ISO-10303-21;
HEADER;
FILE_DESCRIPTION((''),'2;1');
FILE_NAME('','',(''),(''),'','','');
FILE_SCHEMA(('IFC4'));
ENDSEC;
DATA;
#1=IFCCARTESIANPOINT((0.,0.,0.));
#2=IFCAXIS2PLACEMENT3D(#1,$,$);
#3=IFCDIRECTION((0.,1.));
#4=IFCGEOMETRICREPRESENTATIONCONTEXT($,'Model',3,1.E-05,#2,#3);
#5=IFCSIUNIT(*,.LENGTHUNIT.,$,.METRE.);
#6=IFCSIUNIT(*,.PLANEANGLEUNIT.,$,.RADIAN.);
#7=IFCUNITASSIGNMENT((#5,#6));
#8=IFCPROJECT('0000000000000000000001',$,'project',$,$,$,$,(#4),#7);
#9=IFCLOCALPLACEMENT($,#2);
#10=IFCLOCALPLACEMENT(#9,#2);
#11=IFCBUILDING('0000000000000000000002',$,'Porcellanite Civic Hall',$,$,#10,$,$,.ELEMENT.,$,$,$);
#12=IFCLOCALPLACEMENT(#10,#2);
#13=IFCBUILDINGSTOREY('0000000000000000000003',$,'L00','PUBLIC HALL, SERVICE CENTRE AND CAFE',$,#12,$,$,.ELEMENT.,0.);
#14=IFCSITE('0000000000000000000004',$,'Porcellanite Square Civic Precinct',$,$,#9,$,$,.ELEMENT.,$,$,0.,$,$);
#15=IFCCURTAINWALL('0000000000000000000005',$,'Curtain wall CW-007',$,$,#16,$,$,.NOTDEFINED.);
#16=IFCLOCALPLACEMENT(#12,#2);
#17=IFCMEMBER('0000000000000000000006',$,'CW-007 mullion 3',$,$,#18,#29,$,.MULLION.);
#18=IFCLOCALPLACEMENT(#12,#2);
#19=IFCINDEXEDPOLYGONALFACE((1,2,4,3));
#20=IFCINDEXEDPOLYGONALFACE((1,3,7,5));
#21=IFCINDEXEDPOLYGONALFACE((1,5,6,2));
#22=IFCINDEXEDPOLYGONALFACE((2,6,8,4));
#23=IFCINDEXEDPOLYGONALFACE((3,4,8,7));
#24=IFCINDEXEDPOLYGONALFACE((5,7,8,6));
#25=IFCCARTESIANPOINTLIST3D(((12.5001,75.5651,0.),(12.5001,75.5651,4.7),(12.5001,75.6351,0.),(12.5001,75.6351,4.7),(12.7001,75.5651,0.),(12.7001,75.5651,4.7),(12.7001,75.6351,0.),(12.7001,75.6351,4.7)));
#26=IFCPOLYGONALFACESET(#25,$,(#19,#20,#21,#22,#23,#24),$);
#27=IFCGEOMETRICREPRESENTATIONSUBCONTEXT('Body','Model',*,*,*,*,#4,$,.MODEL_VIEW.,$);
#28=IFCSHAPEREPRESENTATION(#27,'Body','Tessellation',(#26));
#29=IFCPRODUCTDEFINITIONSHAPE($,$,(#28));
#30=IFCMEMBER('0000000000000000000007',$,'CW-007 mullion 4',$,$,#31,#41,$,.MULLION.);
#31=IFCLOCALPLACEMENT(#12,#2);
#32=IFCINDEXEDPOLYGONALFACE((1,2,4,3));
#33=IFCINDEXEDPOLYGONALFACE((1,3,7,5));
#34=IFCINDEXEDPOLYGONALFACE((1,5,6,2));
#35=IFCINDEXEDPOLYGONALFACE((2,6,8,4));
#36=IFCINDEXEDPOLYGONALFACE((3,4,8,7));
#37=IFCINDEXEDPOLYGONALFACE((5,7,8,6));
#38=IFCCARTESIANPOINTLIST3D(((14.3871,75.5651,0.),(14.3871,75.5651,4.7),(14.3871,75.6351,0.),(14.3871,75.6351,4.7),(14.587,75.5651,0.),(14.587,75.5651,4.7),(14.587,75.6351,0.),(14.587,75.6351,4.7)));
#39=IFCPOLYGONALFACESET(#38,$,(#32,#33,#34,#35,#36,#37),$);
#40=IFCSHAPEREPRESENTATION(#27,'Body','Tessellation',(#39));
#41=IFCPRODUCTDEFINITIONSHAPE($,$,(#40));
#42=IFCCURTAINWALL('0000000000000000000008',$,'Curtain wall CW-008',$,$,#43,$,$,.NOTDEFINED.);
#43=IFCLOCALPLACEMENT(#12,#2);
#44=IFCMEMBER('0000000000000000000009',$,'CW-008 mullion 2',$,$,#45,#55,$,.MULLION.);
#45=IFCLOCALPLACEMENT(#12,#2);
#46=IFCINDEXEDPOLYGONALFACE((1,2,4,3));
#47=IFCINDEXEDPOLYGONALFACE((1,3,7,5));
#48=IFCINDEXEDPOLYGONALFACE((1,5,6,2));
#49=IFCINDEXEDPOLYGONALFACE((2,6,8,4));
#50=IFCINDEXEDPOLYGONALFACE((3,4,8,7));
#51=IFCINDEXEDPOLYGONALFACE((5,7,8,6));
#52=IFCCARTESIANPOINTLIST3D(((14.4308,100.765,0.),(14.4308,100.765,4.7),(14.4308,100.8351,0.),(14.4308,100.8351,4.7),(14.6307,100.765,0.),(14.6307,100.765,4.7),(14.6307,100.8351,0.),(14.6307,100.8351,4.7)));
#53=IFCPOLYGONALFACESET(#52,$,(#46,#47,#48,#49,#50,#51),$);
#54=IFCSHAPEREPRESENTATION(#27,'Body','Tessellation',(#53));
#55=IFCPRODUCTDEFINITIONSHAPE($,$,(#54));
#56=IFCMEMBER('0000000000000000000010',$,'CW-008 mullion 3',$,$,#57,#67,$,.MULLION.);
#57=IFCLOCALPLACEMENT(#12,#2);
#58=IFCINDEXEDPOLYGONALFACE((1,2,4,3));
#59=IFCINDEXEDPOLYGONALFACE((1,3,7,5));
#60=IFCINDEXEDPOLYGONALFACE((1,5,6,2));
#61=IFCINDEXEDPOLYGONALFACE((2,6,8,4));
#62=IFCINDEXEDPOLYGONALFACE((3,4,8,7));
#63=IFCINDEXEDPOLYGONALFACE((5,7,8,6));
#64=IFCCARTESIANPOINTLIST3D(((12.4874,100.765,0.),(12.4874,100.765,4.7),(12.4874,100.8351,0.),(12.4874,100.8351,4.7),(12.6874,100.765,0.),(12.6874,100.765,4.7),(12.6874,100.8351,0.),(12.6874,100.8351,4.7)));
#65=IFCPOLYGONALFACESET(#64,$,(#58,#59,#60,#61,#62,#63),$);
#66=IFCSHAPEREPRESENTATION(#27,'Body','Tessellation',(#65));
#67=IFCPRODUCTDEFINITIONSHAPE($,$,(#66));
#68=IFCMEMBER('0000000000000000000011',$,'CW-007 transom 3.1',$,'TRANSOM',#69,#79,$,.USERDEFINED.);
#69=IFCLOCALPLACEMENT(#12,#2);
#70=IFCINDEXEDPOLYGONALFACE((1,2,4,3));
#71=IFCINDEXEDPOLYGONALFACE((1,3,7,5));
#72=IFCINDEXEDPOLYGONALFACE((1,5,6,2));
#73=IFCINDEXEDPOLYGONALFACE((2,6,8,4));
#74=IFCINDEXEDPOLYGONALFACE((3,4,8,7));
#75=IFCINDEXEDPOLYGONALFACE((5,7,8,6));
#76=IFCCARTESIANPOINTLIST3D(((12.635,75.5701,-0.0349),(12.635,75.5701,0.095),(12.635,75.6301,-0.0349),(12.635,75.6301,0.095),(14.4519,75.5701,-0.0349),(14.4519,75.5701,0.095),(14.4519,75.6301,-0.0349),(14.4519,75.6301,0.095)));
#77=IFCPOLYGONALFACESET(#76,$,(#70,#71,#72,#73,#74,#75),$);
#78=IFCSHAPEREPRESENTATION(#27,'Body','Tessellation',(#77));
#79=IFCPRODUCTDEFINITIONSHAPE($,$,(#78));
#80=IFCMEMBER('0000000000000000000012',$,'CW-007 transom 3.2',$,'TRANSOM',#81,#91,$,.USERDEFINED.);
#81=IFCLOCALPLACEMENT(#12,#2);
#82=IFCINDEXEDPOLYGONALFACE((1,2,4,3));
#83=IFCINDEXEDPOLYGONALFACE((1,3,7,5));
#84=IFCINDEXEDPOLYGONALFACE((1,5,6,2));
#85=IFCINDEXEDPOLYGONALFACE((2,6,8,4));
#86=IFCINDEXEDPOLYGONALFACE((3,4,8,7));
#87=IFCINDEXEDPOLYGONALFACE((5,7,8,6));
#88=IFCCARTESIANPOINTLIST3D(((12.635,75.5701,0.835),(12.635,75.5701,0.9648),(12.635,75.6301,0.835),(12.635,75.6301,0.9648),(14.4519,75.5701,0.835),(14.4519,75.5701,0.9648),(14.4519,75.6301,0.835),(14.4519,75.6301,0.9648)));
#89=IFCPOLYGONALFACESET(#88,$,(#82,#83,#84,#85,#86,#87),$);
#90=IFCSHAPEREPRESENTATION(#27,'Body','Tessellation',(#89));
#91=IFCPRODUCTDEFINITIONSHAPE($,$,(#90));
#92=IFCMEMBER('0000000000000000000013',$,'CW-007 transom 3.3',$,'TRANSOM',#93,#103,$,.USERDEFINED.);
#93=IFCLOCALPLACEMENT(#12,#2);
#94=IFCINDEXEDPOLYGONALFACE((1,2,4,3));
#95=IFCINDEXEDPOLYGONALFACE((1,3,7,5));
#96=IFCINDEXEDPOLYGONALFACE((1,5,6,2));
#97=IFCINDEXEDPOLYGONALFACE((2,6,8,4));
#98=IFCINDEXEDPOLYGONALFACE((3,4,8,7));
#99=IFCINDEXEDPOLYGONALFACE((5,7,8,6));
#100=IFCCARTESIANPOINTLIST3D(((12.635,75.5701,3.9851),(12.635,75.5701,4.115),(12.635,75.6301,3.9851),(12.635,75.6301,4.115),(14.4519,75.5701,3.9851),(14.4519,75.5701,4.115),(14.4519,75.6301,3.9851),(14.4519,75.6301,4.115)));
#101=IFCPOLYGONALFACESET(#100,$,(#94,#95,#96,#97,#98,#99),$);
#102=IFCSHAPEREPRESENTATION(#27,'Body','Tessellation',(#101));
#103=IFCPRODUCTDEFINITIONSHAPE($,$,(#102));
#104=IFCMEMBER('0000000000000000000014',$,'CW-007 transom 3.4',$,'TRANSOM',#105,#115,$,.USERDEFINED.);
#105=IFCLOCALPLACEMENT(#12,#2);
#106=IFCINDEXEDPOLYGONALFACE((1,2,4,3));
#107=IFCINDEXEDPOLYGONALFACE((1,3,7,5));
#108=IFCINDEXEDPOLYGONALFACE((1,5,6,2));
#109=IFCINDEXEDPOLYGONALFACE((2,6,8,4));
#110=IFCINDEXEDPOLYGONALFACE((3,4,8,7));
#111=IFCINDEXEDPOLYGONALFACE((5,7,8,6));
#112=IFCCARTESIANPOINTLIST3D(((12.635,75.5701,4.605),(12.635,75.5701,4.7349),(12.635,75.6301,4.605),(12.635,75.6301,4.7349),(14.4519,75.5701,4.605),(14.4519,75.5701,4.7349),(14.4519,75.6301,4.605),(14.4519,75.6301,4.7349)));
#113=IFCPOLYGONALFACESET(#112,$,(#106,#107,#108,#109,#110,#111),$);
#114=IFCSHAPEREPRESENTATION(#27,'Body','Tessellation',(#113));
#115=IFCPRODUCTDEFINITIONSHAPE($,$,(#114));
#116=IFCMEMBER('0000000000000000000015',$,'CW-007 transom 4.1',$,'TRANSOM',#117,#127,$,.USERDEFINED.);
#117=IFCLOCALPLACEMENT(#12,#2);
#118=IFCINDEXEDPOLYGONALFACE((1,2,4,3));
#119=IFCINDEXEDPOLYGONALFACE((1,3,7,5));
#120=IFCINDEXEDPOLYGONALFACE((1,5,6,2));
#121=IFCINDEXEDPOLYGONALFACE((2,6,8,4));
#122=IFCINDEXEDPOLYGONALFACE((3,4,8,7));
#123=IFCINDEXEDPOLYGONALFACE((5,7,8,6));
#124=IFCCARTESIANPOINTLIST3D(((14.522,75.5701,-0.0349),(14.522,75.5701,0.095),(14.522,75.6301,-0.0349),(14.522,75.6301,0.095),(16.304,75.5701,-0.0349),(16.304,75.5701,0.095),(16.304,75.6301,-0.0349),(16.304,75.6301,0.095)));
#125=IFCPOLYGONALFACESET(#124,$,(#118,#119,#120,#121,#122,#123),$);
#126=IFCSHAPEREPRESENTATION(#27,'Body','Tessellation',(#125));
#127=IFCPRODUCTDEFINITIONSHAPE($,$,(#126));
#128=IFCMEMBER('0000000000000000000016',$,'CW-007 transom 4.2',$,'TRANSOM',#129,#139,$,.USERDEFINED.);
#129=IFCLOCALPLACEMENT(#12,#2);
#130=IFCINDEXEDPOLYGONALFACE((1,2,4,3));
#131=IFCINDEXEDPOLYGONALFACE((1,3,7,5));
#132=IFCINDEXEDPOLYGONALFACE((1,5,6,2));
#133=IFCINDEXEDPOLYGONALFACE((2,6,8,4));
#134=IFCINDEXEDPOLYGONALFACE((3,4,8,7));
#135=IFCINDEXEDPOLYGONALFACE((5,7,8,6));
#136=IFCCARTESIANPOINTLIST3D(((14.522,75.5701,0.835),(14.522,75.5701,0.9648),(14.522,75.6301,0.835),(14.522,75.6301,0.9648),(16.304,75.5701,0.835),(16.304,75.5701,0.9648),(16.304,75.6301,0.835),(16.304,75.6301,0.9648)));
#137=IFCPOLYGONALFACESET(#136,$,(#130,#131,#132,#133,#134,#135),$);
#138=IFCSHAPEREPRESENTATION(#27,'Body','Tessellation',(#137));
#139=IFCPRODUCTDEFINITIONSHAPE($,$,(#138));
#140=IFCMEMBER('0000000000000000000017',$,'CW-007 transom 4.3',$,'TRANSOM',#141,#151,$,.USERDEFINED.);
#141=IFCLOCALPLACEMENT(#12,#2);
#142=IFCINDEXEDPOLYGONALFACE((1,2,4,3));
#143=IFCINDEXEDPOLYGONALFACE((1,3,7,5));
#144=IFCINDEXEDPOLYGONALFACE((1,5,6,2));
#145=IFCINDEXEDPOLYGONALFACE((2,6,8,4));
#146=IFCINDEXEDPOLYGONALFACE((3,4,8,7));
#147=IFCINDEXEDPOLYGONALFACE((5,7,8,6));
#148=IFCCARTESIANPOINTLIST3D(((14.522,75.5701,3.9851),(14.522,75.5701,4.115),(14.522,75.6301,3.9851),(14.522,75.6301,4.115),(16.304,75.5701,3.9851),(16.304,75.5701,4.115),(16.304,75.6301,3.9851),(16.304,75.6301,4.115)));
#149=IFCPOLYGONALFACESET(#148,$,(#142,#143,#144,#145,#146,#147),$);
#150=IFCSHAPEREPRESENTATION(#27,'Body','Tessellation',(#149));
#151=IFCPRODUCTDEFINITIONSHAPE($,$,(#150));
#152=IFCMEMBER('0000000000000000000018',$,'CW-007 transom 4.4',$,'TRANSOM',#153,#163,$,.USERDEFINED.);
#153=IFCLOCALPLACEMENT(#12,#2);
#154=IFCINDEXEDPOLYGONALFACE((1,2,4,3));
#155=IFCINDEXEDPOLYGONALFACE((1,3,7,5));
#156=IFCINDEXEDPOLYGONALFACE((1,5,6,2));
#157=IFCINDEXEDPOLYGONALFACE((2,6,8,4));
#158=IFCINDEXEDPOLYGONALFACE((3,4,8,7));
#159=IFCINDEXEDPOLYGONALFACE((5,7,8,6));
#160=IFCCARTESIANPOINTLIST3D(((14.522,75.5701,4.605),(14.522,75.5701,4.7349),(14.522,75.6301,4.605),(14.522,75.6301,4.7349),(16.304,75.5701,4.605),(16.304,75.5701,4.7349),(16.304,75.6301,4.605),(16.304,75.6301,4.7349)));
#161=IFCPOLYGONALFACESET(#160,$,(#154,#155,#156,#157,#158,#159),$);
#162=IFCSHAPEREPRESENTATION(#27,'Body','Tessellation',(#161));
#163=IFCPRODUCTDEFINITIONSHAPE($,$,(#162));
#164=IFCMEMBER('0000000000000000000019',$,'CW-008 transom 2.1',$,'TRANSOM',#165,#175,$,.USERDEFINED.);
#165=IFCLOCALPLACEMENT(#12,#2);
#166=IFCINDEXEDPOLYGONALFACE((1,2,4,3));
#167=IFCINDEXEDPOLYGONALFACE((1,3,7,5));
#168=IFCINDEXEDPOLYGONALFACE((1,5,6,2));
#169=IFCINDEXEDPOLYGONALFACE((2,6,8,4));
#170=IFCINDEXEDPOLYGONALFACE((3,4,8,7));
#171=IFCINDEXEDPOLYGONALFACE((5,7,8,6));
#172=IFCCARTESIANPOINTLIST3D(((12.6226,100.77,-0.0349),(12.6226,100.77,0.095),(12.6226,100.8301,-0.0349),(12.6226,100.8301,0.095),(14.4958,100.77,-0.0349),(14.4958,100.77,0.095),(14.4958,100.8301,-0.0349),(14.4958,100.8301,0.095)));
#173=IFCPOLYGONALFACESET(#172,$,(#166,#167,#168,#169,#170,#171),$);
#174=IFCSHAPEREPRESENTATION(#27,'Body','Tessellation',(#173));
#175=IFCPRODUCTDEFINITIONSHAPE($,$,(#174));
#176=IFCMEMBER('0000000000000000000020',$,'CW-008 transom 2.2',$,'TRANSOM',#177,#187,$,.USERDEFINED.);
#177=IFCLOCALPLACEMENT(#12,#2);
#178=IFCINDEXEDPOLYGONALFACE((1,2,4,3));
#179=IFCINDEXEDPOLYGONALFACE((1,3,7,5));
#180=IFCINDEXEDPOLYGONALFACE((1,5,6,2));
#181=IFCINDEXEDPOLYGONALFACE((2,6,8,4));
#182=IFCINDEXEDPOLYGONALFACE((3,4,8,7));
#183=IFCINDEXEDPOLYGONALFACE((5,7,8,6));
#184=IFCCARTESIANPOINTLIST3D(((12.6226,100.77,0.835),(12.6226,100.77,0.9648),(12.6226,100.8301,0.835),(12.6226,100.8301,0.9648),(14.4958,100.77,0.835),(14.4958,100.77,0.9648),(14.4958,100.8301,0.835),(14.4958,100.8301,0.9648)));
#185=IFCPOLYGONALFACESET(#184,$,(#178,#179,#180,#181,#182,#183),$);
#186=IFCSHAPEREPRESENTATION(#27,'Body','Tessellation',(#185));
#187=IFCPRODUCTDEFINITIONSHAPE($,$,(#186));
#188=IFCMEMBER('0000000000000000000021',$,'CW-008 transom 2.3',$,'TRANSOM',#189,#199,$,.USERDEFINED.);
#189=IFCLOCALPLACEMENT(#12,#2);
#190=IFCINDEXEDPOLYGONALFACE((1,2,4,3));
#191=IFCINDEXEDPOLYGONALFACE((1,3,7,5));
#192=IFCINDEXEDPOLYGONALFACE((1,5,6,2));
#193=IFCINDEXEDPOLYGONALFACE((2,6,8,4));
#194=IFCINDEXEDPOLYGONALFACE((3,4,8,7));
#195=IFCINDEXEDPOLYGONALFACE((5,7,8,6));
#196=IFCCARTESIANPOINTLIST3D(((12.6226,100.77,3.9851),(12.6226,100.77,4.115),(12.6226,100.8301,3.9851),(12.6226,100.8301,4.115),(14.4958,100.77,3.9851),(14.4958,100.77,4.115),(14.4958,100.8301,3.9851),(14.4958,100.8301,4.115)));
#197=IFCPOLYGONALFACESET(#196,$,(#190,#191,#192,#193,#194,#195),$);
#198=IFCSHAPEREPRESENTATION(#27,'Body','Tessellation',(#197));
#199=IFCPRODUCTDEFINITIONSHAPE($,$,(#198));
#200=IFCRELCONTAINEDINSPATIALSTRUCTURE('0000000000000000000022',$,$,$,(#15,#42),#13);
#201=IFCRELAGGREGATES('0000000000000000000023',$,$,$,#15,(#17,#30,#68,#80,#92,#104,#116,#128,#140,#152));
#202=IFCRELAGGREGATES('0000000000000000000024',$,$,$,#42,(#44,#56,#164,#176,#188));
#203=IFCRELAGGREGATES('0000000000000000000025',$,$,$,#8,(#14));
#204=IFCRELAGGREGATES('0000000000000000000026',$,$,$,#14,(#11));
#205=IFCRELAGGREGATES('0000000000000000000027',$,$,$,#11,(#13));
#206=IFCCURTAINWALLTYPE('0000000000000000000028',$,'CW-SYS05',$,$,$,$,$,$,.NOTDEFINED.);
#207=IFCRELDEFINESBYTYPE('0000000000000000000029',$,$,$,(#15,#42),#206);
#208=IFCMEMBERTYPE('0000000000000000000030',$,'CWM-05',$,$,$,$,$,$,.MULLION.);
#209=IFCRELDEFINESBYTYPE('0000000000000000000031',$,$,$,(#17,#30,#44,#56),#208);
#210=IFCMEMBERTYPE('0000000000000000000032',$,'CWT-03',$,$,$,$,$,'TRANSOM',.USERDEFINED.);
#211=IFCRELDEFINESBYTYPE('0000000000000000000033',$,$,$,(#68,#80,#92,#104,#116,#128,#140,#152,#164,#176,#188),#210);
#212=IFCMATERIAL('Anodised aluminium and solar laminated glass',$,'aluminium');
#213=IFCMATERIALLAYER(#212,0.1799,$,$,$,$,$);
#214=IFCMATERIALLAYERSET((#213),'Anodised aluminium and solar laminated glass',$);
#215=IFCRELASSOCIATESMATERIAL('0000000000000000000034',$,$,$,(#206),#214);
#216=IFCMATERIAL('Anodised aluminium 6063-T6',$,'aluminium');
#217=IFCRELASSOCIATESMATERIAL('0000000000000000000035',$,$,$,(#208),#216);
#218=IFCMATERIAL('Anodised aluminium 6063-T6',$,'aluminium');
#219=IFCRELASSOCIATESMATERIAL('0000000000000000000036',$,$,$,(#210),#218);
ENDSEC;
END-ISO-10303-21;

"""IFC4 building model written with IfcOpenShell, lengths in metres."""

from ifc_helpers import new_model, si_unit, direction, frame, origin, origin_2d, place, context, subcontext, project, spatial, rectangle, extrude, material, layer, layer_set, material_profile, profile_set, type_object, element, aggregate, save


model = new_model("IFC4")

# Units and contexts
model_context = context("Model", 3, precision=1e-05, world=origin(), true_north=direction((0.0, 1.0)))
body_context = subcontext(model_context, "Body", "Model", "MODEL_VIEW")
ifc_project = project(units=[si_unit("LENGTHUNIT", "METRE"), si_unit("PLANEANGLEUNIT", "RADIAN")], contexts=[model_context])

# Site, building, storey
site_placement = place(None, origin())
site = spatial("IfcSite", under=ifc_project, at=site_placement, Name="Porcellanite Square Civic Precinct", CompositionType="ELEMENT", RefElevation=0.0)
building_placement = place(site_placement, origin())
building = spatial("IfcBuilding", under=site, at=building_placement, Name="Porcellanite Civic Hall", CompositionType="ELEMENT")
storey_placement = place(building_placement, origin())
storey = spatial("IfcBuildingStorey", under=building, at=storey_placement, Name="L00", Description="PUBLIC HALL, SERVICE CENTRE AND CAFE", CompositionType="ELEMENT", Elevation=0.0)

# Curtain walls, members
ifc_material_1 = material(Name="Anodised aluminium and solar laminated glass", Category="aluminium")
ifc_layer_1 = layer(ifc_material_1, 0.1799)
ifc_layer_set_1 = layer_set([ifc_layer_1], Name="Anodised aluminium and solar laminated glass")
curtain_wall_type = type_object("IfcCurtainWallType", Name="CW-SYS05", PredefinedType="NOTDEFINED", material=ifc_layer_set_1)
curtain_wall_1_placement = place(storey_placement, origin())
curtain_wall_1 = element("IfcCurtainWall", 1, at=curtain_wall_1_placement, inside=storey, type_object=curtain_wall_type, Name="Curtain wall CW-007", PredefinedType="NOTDEFINED")
ifc_material_2 = material(Name="Anodised aluminium 6063-T6", Category="aluminium")
ifc_material_profile_1 = material_profile(ifc_material_2, rectangle(XDim=0.0701, YDim=0.2, at=origin_2d()), Name="AL-70x200")
ifc_profile_set_1 = profile_set([ifc_material_profile_1], Name="Anodised aluminium 6063-T6")
member_type_1 = type_object("IfcMemberType", Name="CWM-05", PredefinedType="MULLION", material=ifc_profile_set_1)
member_1_placement = place(storey_placement, frame((12.6001, 75.6001, 0.0), z_axis=(0.0, 0.0, 1.0), x_axis=(0.0, 1.0, 0.0)))
member_1 = element("IfcMember", 2, at=member_1_placement, type_object=member_type_1, Name="CW-007 mullion 3", PredefinedType="MULLION", context=body_context, shape_type="SweptSolid", body=[
    extrude(rectangle(XDim=0.0701, YDim=0.2, at=origin_2d()), origin(), (0.0, 0.0, 1.0), 4.7),
])
member_2_placement = place(storey_placement, frame((14.4871, 75.6001, 0.0), z_axis=(0.0, 0.0, 1.0), x_axis=(0.0, 1.0, 0.0)))
member_2 = element("IfcMember", 3, at=member_2_placement, type_object=member_type_1, Name="CW-007 mullion 4", PredefinedType="MULLION", context=body_context, shape_type="SweptSolid", body=[
    extrude(rectangle(XDim=0.0701, YDim=0.2, at=origin_2d()), origin(), (0.0, 0.0, 1.0), 4.7),
])
curtain_wall_2_placement = place(storey_placement, origin())
curtain_wall_2 = element("IfcCurtainWall", 4, at=curtain_wall_2_placement, inside=storey, type_object=curtain_wall_type, Name="Curtain wall CW-008", PredefinedType="NOTDEFINED")
member_3_placement = place(storey_placement, frame((14.5308, 100.8, 0.0), z_axis=(0.0, 0.0, 1.0), x_axis=(0.0, -1.0, 0.0)))
member_3 = element("IfcMember", 5, at=member_3_placement, type_object=member_type_1, Name="CW-008 mullion 2", PredefinedType="MULLION", context=body_context, shape_type="SweptSolid", body=[
    extrude(rectangle(XDim=0.0701, YDim=0.2, at=origin_2d()), origin(), (0.0, 0.0, 1.0), 4.7),
])
member_4_placement = place(storey_placement, frame((12.5874, 100.8, 0.0), z_axis=(0.0, 0.0, 1.0), x_axis=(0.0, -1.0, 0.0)))
member_4 = element("IfcMember", 6, at=member_4_placement, type_object=member_type_1, Name="CW-008 mullion 3", PredefinedType="MULLION", context=body_context, shape_type="SweptSolid", body=[
    extrude(rectangle(XDim=0.0701, YDim=0.2, at=origin_2d()), origin(), (0.0, 0.0, 1.0), 4.7),
])

# Members
ifc_material_3 = material(Name="Anodised aluminium 6063-T6", Category="aluminium")
ifc_material_profile_2 = material_profile(ifc_material_3, rectangle(XDim=0.0601, YDim=0.1299, at=origin_2d()), Name="AL-60x130")
ifc_profile_set_2 = profile_set([ifc_material_profile_2], Name="Anodised aluminium 6063-T6")
member_type_2 = type_object("IfcMemberType", Name="CWT-03", ElementType="TRANSOM", PredefinedType="USERDEFINED", material=ifc_profile_set_2)
member_5_placement = place(storey_placement, frame((12.635, 75.6001, 0.03), z_axis=(1.0, 0.0, 0.0), x_axis=(0.0, 1.0, 0.0)))
member_5 = element("IfcMember", 7, at=member_5_placement, type_object=member_type_2, Name="CW-007 transom 3.1", ObjectType="TRANSOM", PredefinedType="USERDEFINED", context=body_context, shape_type="SweptSolid", body=[
    extrude(rectangle(XDim=0.0601, YDim=0.1299, at=origin_2d()), origin(), (0.0, 0.0, 1.0), 1.8169),
])
member_6_placement = place(storey_placement, frame((12.635, 75.6001, 0.8999), z_axis=(1.0, 0.0, 0.0), x_axis=(0.0, 1.0, 0.0)))
member_6 = element("IfcMember", 8, at=member_6_placement, type_object=member_type_2, Name="CW-007 transom 3.2", ObjectType="TRANSOM", PredefinedType="USERDEFINED", context=body_context, shape_type="SweptSolid", body=[
    extrude(rectangle(XDim=0.0601, YDim=0.1299, at=origin_2d()), origin(), (0.0, 0.0, 1.0), 1.8169),
])
member_7_placement = place(storey_placement, frame((12.635, 75.6001, 4.05), z_axis=(1.0, 0.0, 0.0), x_axis=(0.0, 1.0, 0.0)))
member_7 = element("IfcMember", 9, at=member_7_placement, type_object=member_type_2, Name="CW-007 transom 3.3", ObjectType="TRANSOM", PredefinedType="USERDEFINED", context=body_context, shape_type="SweptSolid", body=[
    extrude(rectangle(XDim=0.0601, YDim=0.1299, at=origin_2d()), origin(), (0.0, 0.0, 1.0), 1.8169),
])
member_8_placement = place(storey_placement, frame((12.635, 75.6001, 4.6699), z_axis=(1.0, 0.0, 0.0), x_axis=(0.0, 1.0, 0.0)))
member_8 = element("IfcMember", 10, at=member_8_placement, type_object=member_type_2, Name="CW-007 transom 3.4", ObjectType="TRANSOM", PredefinedType="USERDEFINED", context=body_context, shape_type="SweptSolid", body=[
    extrude(rectangle(XDim=0.0601, YDim=0.1299, at=origin_2d()), origin(), (0.0, 0.0, 1.0), 1.8169),
])
member_9_placement = place(storey_placement, frame((14.522, 75.6001, 0.03), z_axis=(1.0, 0.0, 0.0), x_axis=(0.0, 1.0, 0.0)))
member_9 = element("IfcMember", 11, at=member_9_placement, type_object=member_type_2, Name="CW-007 transom 4.1", ObjectType="TRANSOM", PredefinedType="USERDEFINED", context=body_context, shape_type="SweptSolid", body=[
    extrude(rectangle(XDim=0.0601, YDim=0.1299, at=origin_2d()), origin(), (0.0, 0.0, 1.0), 1.782),
])
member_10_placement = place(storey_placement, frame((14.522, 75.6001, 0.8999), z_axis=(1.0, 0.0, 0.0), x_axis=(0.0, 1.0, 0.0)))
member_10 = element("IfcMember", 12, at=member_10_placement, type_object=member_type_2, Name="CW-007 transom 4.2", ObjectType="TRANSOM", PredefinedType="USERDEFINED", context=body_context, shape_type="SweptSolid", body=[
    extrude(rectangle(XDim=0.0601, YDim=0.1299, at=origin_2d()), origin(), (0.0, 0.0, 1.0), 1.782),
])
member_11_placement = place(storey_placement, frame((14.522, 75.6001, 4.05), z_axis=(1.0, 0.0, 0.0), x_axis=(0.0, 1.0, 0.0)))
member_11 = element("IfcMember", 13, at=member_11_placement, type_object=member_type_2, Name="CW-007 transom 4.3", ObjectType="TRANSOM", PredefinedType="USERDEFINED", context=body_context, shape_type="SweptSolid", body=[
    extrude(rectangle(XDim=0.0601, YDim=0.1299, at=origin_2d()), origin(), (0.0, 0.0, 1.0), 1.782),
])
member_12_placement = place(storey_placement, frame((14.522, 75.6001, 4.6699), z_axis=(1.0, 0.0, 0.0), x_axis=(0.0, 1.0, 0.0)))
member_12 = element("IfcMember", 14, at=member_12_placement, type_object=member_type_2, Name="CW-007 transom 4.4", ObjectType="TRANSOM", PredefinedType="USERDEFINED", context=body_context, shape_type="SweptSolid", body=[
    extrude(rectangle(XDim=0.0601, YDim=0.1299, at=origin_2d()), origin(), (0.0, 0.0, 1.0), 1.782),
])
member_13_placement = place(storey_placement, frame((14.4958, 100.8, 0.03), z_axis=(-1.0, 0.0, 0.0), x_axis=(0.0, -1.0, 0.0)))
member_13 = element("IfcMember", 15, at=member_13_placement, type_object=member_type_2, Name="CW-008 transom 2.1", ObjectType="TRANSOM", PredefinedType="USERDEFINED", context=body_context, shape_type="SweptSolid", body=[
    extrude(rectangle(XDim=0.0601, YDim=0.1299, at=origin_2d()), origin(), (0.0, 0.0, 1.0), 1.8733),
])
member_14_placement = place(storey_placement, frame((14.4958, 100.8, 0.8999), z_axis=(-1.0, 0.0, 0.0), x_axis=(0.0, -1.0, 0.0)))
member_14 = element("IfcMember", 16, at=member_14_placement, type_object=member_type_2, Name="CW-008 transom 2.2", ObjectType="TRANSOM", PredefinedType="USERDEFINED", context=body_context, shape_type="SweptSolid", body=[
    extrude(rectangle(XDim=0.0601, YDim=0.1299, at=origin_2d()), origin(), (0.0, 0.0, 1.0), 1.8733),
])
member_15_placement = place(storey_placement, frame((14.4958, 100.8, 4.05), z_axis=(-1.0, 0.0, 0.0), x_axis=(0.0, -1.0, 0.0)))
member_15 = element("IfcMember", 17, at=member_15_placement, type_object=member_type_2, Name="CW-008 transom 2.3", ObjectType="TRANSOM", PredefinedType="USERDEFINED", context=body_context, shape_type="SweptSolid", body=[
    extrude(rectangle(XDim=0.0601, YDim=0.1299, at=origin_2d()), origin(), (0.0, 0.0, 1.0), 1.8733),
])

aggregate(curtain_wall_1, [member_1, member_2, member_5, member_6, member_7, member_8, member_9, member_10, member_11, member_12])
aggregate(curtain_wall_2, [member_3, member_4, member_13, member_14, member_15])

save(model, "model.ifc")
